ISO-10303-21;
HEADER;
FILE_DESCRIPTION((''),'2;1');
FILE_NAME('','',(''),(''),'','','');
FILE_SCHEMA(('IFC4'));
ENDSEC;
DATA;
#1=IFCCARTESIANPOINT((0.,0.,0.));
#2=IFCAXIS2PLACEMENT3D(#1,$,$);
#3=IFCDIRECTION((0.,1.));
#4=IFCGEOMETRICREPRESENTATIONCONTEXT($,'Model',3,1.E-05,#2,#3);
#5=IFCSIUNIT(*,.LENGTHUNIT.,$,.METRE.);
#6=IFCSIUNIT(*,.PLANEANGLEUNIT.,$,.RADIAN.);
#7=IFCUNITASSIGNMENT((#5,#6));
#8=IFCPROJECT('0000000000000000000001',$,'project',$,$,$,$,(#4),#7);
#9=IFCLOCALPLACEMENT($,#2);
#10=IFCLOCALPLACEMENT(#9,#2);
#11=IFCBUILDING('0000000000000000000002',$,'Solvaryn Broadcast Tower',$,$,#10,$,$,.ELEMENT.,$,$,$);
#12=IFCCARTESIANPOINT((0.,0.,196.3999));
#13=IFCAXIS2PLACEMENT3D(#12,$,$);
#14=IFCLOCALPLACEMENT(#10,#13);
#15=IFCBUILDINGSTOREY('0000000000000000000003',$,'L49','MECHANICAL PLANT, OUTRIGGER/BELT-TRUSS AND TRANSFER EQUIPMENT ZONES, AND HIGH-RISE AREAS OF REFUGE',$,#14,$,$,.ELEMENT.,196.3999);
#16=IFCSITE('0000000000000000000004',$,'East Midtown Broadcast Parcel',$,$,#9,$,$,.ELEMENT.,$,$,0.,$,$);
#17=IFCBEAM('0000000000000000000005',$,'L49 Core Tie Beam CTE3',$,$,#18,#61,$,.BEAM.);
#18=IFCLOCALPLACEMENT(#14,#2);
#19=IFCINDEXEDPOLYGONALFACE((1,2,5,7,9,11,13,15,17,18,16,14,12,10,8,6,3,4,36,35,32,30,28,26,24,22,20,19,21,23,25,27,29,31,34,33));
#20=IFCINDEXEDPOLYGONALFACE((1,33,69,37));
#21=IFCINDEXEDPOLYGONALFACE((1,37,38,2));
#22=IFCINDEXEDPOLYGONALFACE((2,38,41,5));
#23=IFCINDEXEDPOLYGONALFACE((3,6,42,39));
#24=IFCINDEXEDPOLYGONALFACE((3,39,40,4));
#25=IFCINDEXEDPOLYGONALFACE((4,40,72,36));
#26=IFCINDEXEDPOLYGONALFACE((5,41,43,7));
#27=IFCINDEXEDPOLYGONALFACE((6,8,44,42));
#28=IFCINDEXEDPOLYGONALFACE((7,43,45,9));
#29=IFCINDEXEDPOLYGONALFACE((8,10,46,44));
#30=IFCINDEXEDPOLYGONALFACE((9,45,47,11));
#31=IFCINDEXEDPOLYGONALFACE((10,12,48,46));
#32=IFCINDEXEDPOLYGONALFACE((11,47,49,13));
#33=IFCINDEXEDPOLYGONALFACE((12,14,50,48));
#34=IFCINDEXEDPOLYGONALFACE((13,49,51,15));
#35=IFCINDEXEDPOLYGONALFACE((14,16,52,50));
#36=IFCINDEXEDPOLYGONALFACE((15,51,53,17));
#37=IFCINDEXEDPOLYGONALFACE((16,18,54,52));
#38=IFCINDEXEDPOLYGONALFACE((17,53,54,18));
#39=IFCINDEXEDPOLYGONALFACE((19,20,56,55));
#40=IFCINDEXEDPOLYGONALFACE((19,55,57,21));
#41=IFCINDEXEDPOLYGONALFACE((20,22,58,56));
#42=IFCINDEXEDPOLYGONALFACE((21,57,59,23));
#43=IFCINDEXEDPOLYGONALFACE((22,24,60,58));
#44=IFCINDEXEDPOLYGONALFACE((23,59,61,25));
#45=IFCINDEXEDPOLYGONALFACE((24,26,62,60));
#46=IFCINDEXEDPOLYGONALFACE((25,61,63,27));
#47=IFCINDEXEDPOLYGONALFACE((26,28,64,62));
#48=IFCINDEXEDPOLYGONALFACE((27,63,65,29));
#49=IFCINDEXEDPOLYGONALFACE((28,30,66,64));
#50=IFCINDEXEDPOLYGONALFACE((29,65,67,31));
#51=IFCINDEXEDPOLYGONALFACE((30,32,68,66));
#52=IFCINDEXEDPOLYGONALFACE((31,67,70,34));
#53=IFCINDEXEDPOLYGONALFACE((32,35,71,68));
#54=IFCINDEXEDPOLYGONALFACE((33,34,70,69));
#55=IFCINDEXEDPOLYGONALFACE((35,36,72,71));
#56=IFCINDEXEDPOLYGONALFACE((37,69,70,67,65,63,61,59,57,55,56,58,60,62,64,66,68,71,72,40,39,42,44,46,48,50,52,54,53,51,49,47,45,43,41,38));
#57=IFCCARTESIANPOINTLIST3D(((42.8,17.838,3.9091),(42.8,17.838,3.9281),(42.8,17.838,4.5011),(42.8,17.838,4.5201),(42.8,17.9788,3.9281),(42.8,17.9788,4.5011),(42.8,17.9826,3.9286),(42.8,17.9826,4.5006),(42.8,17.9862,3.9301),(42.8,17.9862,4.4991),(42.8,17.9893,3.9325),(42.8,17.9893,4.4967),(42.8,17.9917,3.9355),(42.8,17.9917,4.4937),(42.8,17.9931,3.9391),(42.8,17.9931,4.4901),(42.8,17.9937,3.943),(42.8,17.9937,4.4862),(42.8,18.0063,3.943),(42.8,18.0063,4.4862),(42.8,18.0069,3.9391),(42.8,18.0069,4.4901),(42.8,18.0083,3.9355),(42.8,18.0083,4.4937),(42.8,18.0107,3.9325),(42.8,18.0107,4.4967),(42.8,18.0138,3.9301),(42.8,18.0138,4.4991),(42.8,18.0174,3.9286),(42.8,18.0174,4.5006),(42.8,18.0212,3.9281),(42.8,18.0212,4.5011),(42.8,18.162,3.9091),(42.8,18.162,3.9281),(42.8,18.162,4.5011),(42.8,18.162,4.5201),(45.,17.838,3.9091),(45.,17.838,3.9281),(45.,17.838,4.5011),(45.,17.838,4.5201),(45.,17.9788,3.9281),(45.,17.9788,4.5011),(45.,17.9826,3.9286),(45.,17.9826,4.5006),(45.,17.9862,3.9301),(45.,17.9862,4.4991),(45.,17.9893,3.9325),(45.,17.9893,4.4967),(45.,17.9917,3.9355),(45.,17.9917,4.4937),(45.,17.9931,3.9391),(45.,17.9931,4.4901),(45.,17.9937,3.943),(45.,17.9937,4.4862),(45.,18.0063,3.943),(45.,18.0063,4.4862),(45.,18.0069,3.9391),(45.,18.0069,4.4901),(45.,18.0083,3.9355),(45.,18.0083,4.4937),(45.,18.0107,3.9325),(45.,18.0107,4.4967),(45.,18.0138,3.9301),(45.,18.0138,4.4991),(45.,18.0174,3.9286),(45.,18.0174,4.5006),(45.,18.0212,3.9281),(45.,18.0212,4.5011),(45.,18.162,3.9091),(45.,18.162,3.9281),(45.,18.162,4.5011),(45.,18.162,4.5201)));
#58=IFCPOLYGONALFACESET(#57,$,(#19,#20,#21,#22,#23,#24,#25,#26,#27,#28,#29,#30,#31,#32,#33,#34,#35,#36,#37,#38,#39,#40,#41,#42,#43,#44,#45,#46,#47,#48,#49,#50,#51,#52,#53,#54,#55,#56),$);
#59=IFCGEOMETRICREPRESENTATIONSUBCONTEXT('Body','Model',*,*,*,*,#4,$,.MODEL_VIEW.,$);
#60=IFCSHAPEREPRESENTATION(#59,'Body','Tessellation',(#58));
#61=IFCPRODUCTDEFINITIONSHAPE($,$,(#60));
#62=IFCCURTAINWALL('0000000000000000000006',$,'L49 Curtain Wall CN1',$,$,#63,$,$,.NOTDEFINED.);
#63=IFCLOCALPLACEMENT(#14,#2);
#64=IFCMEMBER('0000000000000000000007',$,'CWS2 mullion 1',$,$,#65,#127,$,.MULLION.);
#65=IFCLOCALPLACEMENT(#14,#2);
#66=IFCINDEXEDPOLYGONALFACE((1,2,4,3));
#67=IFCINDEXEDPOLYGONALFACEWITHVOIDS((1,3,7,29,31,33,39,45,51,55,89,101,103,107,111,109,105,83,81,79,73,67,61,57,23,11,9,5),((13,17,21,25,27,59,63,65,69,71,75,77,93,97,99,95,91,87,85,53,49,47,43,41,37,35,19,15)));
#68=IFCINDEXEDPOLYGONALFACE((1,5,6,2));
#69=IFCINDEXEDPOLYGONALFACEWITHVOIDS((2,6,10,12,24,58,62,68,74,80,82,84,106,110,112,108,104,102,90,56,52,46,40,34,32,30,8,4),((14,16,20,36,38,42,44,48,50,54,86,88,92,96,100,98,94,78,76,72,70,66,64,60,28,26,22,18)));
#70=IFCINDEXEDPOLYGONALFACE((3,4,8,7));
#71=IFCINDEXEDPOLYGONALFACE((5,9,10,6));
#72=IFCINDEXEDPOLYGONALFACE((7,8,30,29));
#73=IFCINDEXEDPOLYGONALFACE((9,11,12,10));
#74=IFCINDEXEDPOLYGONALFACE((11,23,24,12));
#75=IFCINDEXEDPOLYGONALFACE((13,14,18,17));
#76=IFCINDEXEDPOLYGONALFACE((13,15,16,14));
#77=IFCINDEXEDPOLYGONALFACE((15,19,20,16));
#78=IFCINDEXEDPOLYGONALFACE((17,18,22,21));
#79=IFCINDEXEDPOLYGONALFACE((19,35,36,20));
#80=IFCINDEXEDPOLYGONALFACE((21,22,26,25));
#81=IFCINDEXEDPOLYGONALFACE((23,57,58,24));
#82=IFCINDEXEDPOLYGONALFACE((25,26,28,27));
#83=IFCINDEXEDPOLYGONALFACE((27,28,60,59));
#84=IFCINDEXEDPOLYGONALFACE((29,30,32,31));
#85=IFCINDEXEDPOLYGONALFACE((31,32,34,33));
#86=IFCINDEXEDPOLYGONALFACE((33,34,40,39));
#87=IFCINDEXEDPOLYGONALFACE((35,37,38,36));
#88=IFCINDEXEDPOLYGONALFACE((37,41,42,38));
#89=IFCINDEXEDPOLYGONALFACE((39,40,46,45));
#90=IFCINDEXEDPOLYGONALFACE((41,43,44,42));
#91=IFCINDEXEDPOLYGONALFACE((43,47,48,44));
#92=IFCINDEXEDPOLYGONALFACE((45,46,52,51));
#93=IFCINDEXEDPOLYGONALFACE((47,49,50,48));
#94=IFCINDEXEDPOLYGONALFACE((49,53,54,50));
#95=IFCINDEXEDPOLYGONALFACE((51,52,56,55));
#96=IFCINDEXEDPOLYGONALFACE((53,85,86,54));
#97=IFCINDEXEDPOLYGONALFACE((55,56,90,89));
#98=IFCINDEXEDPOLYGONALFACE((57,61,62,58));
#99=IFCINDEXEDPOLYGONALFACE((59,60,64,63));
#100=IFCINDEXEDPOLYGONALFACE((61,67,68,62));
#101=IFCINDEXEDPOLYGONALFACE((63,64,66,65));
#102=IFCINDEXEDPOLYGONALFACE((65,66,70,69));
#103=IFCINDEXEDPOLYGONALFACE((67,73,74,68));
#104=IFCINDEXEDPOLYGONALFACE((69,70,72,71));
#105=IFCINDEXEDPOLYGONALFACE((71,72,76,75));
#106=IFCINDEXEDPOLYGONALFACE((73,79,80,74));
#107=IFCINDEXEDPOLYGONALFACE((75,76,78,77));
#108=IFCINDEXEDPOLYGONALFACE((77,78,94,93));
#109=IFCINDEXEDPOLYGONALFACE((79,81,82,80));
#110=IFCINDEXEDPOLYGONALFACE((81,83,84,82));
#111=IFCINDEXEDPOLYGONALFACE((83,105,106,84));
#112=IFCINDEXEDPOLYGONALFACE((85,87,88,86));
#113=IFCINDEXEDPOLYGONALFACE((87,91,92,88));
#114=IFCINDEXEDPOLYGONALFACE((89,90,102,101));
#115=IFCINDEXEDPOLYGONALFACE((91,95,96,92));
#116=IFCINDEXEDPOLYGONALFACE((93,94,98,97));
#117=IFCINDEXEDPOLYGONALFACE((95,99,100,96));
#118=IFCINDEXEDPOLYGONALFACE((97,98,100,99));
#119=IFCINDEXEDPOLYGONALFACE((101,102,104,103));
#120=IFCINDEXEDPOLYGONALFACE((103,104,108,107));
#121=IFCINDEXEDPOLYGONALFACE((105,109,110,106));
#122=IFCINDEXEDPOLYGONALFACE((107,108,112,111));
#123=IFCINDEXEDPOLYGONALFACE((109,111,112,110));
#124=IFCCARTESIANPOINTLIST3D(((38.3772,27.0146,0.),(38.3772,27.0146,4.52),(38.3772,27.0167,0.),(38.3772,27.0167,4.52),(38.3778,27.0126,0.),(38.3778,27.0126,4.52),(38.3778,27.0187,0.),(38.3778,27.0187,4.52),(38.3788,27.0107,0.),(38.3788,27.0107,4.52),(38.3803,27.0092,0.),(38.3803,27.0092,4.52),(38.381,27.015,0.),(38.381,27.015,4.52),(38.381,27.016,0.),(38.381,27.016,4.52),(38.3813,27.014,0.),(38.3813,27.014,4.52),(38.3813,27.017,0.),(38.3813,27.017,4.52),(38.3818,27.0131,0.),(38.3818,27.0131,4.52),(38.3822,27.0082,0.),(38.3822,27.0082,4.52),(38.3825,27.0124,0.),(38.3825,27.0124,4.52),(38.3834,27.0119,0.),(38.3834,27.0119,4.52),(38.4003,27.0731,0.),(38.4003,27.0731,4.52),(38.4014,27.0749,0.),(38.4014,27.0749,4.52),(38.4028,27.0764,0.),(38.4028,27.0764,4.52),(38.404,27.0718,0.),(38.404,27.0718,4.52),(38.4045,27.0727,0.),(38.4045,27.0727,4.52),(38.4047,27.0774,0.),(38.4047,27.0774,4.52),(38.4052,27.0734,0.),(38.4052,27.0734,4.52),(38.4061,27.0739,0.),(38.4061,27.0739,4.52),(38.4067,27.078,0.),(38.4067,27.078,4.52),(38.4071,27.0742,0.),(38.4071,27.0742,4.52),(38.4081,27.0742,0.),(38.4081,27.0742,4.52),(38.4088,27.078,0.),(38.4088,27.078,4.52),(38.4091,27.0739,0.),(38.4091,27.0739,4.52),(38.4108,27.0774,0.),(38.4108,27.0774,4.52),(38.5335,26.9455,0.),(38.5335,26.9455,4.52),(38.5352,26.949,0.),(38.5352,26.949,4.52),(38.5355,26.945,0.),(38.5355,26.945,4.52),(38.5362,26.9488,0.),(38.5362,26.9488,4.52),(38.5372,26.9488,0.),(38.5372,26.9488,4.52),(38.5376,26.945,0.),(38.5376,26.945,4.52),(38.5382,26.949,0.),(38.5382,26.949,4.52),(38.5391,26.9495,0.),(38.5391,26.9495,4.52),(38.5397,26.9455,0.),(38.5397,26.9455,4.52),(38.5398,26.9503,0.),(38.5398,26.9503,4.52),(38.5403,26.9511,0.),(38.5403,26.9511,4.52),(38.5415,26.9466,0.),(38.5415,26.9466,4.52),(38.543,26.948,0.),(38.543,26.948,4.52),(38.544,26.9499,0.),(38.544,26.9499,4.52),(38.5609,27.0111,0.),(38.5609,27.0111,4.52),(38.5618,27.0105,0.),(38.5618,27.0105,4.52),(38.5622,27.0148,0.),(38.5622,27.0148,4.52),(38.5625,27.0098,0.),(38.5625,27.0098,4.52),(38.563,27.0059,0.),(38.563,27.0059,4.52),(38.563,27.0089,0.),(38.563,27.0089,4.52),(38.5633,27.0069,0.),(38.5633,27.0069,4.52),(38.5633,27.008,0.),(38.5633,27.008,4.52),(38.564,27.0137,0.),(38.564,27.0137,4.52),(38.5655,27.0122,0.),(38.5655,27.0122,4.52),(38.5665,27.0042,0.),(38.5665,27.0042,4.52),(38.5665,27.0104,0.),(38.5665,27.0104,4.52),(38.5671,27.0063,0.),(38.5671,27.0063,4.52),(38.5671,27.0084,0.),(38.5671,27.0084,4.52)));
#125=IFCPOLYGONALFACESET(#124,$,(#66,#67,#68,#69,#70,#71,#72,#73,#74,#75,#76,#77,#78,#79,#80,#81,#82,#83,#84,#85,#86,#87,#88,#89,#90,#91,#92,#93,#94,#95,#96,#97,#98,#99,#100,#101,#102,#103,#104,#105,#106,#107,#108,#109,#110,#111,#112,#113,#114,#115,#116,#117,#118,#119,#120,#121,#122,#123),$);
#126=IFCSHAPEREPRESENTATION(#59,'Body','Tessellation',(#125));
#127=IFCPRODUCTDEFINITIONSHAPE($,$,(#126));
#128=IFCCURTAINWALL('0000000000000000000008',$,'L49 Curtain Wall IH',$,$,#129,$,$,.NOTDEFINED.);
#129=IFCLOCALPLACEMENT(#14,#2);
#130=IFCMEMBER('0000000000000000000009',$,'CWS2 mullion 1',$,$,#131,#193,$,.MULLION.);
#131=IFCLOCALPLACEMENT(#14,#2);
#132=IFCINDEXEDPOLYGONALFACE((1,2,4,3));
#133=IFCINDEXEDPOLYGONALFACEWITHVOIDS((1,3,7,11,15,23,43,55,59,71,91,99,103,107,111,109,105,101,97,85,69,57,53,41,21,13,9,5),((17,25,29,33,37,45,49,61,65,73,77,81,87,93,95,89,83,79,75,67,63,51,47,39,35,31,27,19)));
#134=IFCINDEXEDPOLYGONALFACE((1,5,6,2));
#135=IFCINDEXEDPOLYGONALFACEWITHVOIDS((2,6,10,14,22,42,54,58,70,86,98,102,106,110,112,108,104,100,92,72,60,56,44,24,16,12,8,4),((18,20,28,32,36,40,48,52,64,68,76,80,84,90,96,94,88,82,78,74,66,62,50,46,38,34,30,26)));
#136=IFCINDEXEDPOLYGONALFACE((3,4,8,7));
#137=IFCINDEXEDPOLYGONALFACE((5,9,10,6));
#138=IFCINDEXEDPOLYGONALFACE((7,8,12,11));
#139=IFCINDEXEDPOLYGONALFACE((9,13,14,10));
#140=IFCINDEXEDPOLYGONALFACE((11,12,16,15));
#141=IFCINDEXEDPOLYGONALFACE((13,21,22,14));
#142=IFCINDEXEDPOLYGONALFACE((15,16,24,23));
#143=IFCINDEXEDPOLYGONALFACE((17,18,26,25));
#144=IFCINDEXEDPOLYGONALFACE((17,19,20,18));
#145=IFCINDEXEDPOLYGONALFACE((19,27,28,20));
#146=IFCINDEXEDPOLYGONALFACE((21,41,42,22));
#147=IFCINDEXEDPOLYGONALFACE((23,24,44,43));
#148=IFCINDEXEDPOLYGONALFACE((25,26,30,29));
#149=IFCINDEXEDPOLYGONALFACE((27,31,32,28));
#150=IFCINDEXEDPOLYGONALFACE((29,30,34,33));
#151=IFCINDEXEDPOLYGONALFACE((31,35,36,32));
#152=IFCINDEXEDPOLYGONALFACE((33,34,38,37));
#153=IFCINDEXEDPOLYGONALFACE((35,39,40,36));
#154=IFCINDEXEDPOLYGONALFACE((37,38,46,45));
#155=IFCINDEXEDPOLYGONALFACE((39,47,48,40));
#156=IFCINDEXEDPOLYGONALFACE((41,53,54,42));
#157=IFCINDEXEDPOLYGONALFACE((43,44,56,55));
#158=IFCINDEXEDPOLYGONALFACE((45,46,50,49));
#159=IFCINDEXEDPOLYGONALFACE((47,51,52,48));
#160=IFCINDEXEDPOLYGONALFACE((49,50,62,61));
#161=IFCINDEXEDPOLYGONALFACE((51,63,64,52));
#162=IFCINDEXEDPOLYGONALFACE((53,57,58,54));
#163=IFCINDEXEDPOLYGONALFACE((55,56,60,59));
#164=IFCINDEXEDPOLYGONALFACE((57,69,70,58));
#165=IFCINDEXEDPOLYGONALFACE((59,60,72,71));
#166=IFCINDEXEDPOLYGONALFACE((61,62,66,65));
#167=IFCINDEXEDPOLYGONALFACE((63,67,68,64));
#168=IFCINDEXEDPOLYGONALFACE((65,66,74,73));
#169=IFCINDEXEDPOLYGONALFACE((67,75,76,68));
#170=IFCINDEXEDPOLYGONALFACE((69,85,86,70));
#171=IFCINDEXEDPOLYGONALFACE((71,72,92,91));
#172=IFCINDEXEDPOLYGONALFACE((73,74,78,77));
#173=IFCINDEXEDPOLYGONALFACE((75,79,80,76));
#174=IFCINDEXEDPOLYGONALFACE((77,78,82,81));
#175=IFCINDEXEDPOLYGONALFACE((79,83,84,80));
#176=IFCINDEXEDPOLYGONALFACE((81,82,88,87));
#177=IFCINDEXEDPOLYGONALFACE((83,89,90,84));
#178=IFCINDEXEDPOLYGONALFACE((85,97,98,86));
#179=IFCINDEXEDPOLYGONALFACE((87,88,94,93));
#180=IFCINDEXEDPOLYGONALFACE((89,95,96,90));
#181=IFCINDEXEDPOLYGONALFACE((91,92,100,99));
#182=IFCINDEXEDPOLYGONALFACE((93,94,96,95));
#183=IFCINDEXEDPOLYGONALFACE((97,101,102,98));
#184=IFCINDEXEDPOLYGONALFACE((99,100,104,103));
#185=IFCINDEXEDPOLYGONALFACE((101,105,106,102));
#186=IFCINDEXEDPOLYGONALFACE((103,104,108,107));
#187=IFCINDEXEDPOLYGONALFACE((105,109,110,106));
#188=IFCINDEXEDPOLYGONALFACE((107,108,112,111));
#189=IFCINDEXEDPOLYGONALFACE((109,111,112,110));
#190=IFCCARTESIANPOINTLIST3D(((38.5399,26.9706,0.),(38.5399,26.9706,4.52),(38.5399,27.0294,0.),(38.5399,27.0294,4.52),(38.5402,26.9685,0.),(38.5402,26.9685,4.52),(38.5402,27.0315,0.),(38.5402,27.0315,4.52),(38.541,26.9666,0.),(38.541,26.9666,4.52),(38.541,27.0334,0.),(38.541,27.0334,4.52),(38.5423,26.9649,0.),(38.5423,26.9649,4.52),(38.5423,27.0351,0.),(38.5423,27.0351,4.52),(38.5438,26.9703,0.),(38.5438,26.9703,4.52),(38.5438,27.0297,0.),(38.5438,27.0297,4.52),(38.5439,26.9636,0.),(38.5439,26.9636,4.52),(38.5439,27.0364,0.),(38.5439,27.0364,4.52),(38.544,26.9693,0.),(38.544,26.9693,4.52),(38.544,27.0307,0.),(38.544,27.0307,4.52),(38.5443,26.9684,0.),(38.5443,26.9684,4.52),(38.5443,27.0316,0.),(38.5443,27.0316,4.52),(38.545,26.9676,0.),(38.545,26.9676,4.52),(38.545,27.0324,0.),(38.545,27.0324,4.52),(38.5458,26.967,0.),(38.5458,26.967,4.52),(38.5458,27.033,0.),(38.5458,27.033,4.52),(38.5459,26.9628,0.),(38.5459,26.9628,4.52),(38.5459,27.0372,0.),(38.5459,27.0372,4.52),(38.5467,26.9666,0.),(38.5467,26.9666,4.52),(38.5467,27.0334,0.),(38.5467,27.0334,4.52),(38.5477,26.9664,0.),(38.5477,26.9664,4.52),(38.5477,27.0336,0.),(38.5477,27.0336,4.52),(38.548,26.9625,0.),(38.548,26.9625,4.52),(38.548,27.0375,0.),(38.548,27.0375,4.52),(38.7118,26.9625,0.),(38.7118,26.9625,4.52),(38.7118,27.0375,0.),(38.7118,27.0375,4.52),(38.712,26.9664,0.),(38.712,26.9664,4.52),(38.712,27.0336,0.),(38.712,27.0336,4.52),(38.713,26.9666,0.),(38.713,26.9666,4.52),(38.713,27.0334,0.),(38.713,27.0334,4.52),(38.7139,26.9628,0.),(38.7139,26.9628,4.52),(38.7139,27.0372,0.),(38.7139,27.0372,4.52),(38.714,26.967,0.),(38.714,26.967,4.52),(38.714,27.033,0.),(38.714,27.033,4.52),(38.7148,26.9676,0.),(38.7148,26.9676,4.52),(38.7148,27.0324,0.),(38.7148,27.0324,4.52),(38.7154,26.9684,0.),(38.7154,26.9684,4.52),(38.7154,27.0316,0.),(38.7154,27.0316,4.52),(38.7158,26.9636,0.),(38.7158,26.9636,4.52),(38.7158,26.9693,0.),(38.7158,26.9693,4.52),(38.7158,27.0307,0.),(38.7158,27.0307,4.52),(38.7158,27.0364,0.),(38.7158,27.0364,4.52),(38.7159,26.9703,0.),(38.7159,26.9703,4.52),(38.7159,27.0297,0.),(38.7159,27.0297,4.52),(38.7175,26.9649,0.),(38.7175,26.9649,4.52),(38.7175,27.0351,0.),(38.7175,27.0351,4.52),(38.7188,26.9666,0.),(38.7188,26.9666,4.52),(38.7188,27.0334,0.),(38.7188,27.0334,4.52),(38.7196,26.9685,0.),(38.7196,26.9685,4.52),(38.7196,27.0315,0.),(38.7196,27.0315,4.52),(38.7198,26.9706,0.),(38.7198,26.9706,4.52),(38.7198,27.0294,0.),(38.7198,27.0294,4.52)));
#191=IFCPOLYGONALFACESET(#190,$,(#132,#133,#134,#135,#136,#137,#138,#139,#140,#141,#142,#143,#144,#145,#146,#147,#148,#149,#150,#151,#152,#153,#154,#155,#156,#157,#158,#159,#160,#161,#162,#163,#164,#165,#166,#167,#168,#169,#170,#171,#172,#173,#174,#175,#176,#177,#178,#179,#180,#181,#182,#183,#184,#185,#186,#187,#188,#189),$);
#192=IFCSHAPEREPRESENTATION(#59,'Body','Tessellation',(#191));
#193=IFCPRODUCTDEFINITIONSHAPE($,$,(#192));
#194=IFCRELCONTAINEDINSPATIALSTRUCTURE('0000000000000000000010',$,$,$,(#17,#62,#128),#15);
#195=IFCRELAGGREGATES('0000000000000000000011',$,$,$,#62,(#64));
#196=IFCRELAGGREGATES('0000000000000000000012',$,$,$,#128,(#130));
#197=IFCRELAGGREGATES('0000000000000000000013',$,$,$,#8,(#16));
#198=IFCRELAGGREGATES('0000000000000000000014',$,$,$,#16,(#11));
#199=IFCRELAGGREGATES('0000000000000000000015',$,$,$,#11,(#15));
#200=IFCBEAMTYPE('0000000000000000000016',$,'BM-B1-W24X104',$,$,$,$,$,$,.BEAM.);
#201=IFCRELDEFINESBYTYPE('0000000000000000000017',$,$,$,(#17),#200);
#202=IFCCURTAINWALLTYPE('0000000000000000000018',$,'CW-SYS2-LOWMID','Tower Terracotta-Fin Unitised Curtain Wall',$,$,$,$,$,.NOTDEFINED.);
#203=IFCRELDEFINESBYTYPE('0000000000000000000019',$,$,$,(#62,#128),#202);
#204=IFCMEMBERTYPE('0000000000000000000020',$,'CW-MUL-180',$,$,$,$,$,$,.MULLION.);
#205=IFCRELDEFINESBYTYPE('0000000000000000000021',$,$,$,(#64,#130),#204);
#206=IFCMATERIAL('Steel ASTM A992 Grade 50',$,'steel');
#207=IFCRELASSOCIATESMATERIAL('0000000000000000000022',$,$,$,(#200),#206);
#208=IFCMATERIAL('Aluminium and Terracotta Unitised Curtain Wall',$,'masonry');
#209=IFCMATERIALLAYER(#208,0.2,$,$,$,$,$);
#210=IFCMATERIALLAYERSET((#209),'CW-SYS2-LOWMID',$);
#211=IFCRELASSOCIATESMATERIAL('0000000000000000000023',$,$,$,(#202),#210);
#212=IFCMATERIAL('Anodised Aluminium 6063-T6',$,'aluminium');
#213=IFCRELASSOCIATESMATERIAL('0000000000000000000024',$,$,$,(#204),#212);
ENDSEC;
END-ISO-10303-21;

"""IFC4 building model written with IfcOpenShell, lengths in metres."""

from ifc_helpers import new_model, si_unit, direction, frame, origin, origin_2d, place, context, subcontext, project, spatial, hollow_rectangle, i_section, extrude, material, layer, layer_set, material_profile, profile_set, type_object, element, aggregate, save


model = new_model("IFC4")

# Units and contexts
model_context = context("Model", 3, precision=1e-05, world=origin(), true_north=direction((0.0, 1.0)))
body_context = subcontext(model_context, "Body", "Model", "MODEL_VIEW")
ifc_project = project(units=[si_unit("LENGTHUNIT", "METRE"), si_unit("PLANEANGLEUNIT", "RADIAN")], contexts=[model_context])

# Site, building, storey
site_placement = place(None, origin())
site = spatial("IfcSite", under=ifc_project, at=site_placement, Name="East Midtown Broadcast Parcel", CompositionType="ELEMENT", RefElevation=0.0)
building_placement = place(site_placement, origin())
building = spatial("IfcBuilding", under=site, at=building_placement, Name="Solvaryn Broadcast Tower", CompositionType="ELEMENT")
storey_placement = place(building_placement, frame((0.0, 0.0, 196.3999)))
storey = spatial("IfcBuildingStorey", under=building, at=storey_placement, Name="L49", Description="MECHANICAL PLANT, OUTRIGGER/BELT-TRUSS AND TRANSFER EQUIPMENT ZONES, AND HIGH-RISE AREAS OF REFUGE", CompositionType="ELEMENT", Elevation=196.3999)

# Beam
ifc_material_1 = material(Name="Steel ASTM A992 Grade 50", Category="steel")
ifc_material_profile_1 = material_profile(ifc_material_1, i_section(OverallWidth=0.324, OverallDepth=0.6111, WebThickness=0.0127, FlangeThickness=0.019, FilletRadius=0.0149, at=origin_2d()))
ifc_profile_set_1 = profile_set([ifc_material_profile_1], Name="Steel ASTM A992 Grade 50")
beam_type = type_object("IfcBeamType", Name="BM-B1-W24X104", PredefinedType="BEAM", material=ifc_profile_set_1)
beam_placement = place(storey_placement, frame((42.8, 18.0, 4.2146), z_axis=(1.0, 0.0, 0.0), x_axis=(0.0, 1.0, 0.0)))
element("IfcBeam", 1, at=beam_placement, inside=storey, type_object=beam_type, Name="L49 Core Tie Beam CTE3", PredefinedType="BEAM", context=body_context, shape_type="SweptSolid", body=[
    extrude(i_section(OverallWidth=0.324, OverallDepth=0.6111, WebThickness=0.0127, FlangeThickness=0.019, FilletRadius=0.0149, at=origin_2d()), origin(), (0.0, 0.0, 1.0), 2.2),
])

# Curtain walls, members
ifc_material_2 = material(Name="Aluminium and Terracotta Unitised Curtain Wall", Category="masonry")
ifc_layer_1 = layer(ifc_material_2, 0.2)
ifc_layer_set_1 = layer_set([ifc_layer_1], Name="CW-SYS2-LOWMID")
curtain_wall_type = type_object("IfcCurtainWallType", Name="CW-SYS2-LOWMID", Description="Tower Terracotta-Fin Unitised Curtain Wall", PredefinedType="NOTDEFINED", material=ifc_layer_set_1)
curtain_wall_1_placement = place(storey_placement, origin())
curtain_wall_1 = element("IfcCurtainWall", 2, at=curtain_wall_1_placement, inside=storey, type_object=curtain_wall_type, Name="L49 Curtain Wall CN1", PredefinedType="NOTDEFINED")
ifc_material_3 = material(Name="Anodised Aluminium 6063-T6", Category="aluminium")
ifc_material_profile_2 = material_profile(ifc_material_3, hollow_rectangle(XDim=0.075, YDim=0.1799, WallThickness=0.0039, InnerFilletRadius=0.0039, OuterFilletRadius=0.0081, at=origin_2d()))
ifc_profile_set_2 = profile_set([ifc_material_profile_2], Name="Anodised Aluminium 6063-T6")
member_type_1 = type_object("IfcMemberType", Name="CW-MUL-180", PredefinedType="MULLION", material=ifc_profile_set_2)
member_1_placement = place(storey_placement, frame((38.4722, 27.0115, 0.0), z_axis=(0.0, 0.0, 1.0), x_axis=(-0.382646, -0.923895, 0.0)))
member_1 = element("IfcMember", 3, at=member_1_placement, type_object=member_type_1, Name="CWS2 mullion 1", PredefinedType="MULLION", context=body_context, shape_type="SweptSolid", body=[
    extrude(hollow_rectangle(XDim=0.075, YDim=0.1799, WallThickness=0.0039, InnerFilletRadius=0.0039, OuterFilletRadius=0.0081, at=origin_2d()), origin(), (0.0, 0.0, 1.0), 4.52),
])
curtain_wall_2_placement = place(storey_placement, origin())
curtain_wall_2 = element("IfcCurtainWall", 4, at=curtain_wall_2_placement, inside=storey, type_object=curtain_wall_type, Name="L49 Curtain Wall IH", PredefinedType="NOTDEFINED")
member_2_placement = place(storey_placement, frame((38.6299, 27.0, 0.0), z_axis=(0.0, 0.0, 1.0), x_axis=(0.0, 1.0, 0.0)))
member_2 = element("IfcMember", 5, at=member_2_placement, type_object=member_type_1, Name="CWS2 mullion 1", PredefinedType="MULLION", context=body_context, shape_type="SweptSolid", body=[
    extrude(hollow_rectangle(XDim=0.075, YDim=0.1799, WallThickness=0.0039, InnerFilletRadius=0.0039, OuterFilletRadius=0.0081, at=origin_2d()), origin(), (0.0, 0.0, 1.0), 4.52),
])

aggregate(curtain_wall_1, [member_1])
aggregate(curtain_wall_2, [member_2])

save(model, "model.ifc")
